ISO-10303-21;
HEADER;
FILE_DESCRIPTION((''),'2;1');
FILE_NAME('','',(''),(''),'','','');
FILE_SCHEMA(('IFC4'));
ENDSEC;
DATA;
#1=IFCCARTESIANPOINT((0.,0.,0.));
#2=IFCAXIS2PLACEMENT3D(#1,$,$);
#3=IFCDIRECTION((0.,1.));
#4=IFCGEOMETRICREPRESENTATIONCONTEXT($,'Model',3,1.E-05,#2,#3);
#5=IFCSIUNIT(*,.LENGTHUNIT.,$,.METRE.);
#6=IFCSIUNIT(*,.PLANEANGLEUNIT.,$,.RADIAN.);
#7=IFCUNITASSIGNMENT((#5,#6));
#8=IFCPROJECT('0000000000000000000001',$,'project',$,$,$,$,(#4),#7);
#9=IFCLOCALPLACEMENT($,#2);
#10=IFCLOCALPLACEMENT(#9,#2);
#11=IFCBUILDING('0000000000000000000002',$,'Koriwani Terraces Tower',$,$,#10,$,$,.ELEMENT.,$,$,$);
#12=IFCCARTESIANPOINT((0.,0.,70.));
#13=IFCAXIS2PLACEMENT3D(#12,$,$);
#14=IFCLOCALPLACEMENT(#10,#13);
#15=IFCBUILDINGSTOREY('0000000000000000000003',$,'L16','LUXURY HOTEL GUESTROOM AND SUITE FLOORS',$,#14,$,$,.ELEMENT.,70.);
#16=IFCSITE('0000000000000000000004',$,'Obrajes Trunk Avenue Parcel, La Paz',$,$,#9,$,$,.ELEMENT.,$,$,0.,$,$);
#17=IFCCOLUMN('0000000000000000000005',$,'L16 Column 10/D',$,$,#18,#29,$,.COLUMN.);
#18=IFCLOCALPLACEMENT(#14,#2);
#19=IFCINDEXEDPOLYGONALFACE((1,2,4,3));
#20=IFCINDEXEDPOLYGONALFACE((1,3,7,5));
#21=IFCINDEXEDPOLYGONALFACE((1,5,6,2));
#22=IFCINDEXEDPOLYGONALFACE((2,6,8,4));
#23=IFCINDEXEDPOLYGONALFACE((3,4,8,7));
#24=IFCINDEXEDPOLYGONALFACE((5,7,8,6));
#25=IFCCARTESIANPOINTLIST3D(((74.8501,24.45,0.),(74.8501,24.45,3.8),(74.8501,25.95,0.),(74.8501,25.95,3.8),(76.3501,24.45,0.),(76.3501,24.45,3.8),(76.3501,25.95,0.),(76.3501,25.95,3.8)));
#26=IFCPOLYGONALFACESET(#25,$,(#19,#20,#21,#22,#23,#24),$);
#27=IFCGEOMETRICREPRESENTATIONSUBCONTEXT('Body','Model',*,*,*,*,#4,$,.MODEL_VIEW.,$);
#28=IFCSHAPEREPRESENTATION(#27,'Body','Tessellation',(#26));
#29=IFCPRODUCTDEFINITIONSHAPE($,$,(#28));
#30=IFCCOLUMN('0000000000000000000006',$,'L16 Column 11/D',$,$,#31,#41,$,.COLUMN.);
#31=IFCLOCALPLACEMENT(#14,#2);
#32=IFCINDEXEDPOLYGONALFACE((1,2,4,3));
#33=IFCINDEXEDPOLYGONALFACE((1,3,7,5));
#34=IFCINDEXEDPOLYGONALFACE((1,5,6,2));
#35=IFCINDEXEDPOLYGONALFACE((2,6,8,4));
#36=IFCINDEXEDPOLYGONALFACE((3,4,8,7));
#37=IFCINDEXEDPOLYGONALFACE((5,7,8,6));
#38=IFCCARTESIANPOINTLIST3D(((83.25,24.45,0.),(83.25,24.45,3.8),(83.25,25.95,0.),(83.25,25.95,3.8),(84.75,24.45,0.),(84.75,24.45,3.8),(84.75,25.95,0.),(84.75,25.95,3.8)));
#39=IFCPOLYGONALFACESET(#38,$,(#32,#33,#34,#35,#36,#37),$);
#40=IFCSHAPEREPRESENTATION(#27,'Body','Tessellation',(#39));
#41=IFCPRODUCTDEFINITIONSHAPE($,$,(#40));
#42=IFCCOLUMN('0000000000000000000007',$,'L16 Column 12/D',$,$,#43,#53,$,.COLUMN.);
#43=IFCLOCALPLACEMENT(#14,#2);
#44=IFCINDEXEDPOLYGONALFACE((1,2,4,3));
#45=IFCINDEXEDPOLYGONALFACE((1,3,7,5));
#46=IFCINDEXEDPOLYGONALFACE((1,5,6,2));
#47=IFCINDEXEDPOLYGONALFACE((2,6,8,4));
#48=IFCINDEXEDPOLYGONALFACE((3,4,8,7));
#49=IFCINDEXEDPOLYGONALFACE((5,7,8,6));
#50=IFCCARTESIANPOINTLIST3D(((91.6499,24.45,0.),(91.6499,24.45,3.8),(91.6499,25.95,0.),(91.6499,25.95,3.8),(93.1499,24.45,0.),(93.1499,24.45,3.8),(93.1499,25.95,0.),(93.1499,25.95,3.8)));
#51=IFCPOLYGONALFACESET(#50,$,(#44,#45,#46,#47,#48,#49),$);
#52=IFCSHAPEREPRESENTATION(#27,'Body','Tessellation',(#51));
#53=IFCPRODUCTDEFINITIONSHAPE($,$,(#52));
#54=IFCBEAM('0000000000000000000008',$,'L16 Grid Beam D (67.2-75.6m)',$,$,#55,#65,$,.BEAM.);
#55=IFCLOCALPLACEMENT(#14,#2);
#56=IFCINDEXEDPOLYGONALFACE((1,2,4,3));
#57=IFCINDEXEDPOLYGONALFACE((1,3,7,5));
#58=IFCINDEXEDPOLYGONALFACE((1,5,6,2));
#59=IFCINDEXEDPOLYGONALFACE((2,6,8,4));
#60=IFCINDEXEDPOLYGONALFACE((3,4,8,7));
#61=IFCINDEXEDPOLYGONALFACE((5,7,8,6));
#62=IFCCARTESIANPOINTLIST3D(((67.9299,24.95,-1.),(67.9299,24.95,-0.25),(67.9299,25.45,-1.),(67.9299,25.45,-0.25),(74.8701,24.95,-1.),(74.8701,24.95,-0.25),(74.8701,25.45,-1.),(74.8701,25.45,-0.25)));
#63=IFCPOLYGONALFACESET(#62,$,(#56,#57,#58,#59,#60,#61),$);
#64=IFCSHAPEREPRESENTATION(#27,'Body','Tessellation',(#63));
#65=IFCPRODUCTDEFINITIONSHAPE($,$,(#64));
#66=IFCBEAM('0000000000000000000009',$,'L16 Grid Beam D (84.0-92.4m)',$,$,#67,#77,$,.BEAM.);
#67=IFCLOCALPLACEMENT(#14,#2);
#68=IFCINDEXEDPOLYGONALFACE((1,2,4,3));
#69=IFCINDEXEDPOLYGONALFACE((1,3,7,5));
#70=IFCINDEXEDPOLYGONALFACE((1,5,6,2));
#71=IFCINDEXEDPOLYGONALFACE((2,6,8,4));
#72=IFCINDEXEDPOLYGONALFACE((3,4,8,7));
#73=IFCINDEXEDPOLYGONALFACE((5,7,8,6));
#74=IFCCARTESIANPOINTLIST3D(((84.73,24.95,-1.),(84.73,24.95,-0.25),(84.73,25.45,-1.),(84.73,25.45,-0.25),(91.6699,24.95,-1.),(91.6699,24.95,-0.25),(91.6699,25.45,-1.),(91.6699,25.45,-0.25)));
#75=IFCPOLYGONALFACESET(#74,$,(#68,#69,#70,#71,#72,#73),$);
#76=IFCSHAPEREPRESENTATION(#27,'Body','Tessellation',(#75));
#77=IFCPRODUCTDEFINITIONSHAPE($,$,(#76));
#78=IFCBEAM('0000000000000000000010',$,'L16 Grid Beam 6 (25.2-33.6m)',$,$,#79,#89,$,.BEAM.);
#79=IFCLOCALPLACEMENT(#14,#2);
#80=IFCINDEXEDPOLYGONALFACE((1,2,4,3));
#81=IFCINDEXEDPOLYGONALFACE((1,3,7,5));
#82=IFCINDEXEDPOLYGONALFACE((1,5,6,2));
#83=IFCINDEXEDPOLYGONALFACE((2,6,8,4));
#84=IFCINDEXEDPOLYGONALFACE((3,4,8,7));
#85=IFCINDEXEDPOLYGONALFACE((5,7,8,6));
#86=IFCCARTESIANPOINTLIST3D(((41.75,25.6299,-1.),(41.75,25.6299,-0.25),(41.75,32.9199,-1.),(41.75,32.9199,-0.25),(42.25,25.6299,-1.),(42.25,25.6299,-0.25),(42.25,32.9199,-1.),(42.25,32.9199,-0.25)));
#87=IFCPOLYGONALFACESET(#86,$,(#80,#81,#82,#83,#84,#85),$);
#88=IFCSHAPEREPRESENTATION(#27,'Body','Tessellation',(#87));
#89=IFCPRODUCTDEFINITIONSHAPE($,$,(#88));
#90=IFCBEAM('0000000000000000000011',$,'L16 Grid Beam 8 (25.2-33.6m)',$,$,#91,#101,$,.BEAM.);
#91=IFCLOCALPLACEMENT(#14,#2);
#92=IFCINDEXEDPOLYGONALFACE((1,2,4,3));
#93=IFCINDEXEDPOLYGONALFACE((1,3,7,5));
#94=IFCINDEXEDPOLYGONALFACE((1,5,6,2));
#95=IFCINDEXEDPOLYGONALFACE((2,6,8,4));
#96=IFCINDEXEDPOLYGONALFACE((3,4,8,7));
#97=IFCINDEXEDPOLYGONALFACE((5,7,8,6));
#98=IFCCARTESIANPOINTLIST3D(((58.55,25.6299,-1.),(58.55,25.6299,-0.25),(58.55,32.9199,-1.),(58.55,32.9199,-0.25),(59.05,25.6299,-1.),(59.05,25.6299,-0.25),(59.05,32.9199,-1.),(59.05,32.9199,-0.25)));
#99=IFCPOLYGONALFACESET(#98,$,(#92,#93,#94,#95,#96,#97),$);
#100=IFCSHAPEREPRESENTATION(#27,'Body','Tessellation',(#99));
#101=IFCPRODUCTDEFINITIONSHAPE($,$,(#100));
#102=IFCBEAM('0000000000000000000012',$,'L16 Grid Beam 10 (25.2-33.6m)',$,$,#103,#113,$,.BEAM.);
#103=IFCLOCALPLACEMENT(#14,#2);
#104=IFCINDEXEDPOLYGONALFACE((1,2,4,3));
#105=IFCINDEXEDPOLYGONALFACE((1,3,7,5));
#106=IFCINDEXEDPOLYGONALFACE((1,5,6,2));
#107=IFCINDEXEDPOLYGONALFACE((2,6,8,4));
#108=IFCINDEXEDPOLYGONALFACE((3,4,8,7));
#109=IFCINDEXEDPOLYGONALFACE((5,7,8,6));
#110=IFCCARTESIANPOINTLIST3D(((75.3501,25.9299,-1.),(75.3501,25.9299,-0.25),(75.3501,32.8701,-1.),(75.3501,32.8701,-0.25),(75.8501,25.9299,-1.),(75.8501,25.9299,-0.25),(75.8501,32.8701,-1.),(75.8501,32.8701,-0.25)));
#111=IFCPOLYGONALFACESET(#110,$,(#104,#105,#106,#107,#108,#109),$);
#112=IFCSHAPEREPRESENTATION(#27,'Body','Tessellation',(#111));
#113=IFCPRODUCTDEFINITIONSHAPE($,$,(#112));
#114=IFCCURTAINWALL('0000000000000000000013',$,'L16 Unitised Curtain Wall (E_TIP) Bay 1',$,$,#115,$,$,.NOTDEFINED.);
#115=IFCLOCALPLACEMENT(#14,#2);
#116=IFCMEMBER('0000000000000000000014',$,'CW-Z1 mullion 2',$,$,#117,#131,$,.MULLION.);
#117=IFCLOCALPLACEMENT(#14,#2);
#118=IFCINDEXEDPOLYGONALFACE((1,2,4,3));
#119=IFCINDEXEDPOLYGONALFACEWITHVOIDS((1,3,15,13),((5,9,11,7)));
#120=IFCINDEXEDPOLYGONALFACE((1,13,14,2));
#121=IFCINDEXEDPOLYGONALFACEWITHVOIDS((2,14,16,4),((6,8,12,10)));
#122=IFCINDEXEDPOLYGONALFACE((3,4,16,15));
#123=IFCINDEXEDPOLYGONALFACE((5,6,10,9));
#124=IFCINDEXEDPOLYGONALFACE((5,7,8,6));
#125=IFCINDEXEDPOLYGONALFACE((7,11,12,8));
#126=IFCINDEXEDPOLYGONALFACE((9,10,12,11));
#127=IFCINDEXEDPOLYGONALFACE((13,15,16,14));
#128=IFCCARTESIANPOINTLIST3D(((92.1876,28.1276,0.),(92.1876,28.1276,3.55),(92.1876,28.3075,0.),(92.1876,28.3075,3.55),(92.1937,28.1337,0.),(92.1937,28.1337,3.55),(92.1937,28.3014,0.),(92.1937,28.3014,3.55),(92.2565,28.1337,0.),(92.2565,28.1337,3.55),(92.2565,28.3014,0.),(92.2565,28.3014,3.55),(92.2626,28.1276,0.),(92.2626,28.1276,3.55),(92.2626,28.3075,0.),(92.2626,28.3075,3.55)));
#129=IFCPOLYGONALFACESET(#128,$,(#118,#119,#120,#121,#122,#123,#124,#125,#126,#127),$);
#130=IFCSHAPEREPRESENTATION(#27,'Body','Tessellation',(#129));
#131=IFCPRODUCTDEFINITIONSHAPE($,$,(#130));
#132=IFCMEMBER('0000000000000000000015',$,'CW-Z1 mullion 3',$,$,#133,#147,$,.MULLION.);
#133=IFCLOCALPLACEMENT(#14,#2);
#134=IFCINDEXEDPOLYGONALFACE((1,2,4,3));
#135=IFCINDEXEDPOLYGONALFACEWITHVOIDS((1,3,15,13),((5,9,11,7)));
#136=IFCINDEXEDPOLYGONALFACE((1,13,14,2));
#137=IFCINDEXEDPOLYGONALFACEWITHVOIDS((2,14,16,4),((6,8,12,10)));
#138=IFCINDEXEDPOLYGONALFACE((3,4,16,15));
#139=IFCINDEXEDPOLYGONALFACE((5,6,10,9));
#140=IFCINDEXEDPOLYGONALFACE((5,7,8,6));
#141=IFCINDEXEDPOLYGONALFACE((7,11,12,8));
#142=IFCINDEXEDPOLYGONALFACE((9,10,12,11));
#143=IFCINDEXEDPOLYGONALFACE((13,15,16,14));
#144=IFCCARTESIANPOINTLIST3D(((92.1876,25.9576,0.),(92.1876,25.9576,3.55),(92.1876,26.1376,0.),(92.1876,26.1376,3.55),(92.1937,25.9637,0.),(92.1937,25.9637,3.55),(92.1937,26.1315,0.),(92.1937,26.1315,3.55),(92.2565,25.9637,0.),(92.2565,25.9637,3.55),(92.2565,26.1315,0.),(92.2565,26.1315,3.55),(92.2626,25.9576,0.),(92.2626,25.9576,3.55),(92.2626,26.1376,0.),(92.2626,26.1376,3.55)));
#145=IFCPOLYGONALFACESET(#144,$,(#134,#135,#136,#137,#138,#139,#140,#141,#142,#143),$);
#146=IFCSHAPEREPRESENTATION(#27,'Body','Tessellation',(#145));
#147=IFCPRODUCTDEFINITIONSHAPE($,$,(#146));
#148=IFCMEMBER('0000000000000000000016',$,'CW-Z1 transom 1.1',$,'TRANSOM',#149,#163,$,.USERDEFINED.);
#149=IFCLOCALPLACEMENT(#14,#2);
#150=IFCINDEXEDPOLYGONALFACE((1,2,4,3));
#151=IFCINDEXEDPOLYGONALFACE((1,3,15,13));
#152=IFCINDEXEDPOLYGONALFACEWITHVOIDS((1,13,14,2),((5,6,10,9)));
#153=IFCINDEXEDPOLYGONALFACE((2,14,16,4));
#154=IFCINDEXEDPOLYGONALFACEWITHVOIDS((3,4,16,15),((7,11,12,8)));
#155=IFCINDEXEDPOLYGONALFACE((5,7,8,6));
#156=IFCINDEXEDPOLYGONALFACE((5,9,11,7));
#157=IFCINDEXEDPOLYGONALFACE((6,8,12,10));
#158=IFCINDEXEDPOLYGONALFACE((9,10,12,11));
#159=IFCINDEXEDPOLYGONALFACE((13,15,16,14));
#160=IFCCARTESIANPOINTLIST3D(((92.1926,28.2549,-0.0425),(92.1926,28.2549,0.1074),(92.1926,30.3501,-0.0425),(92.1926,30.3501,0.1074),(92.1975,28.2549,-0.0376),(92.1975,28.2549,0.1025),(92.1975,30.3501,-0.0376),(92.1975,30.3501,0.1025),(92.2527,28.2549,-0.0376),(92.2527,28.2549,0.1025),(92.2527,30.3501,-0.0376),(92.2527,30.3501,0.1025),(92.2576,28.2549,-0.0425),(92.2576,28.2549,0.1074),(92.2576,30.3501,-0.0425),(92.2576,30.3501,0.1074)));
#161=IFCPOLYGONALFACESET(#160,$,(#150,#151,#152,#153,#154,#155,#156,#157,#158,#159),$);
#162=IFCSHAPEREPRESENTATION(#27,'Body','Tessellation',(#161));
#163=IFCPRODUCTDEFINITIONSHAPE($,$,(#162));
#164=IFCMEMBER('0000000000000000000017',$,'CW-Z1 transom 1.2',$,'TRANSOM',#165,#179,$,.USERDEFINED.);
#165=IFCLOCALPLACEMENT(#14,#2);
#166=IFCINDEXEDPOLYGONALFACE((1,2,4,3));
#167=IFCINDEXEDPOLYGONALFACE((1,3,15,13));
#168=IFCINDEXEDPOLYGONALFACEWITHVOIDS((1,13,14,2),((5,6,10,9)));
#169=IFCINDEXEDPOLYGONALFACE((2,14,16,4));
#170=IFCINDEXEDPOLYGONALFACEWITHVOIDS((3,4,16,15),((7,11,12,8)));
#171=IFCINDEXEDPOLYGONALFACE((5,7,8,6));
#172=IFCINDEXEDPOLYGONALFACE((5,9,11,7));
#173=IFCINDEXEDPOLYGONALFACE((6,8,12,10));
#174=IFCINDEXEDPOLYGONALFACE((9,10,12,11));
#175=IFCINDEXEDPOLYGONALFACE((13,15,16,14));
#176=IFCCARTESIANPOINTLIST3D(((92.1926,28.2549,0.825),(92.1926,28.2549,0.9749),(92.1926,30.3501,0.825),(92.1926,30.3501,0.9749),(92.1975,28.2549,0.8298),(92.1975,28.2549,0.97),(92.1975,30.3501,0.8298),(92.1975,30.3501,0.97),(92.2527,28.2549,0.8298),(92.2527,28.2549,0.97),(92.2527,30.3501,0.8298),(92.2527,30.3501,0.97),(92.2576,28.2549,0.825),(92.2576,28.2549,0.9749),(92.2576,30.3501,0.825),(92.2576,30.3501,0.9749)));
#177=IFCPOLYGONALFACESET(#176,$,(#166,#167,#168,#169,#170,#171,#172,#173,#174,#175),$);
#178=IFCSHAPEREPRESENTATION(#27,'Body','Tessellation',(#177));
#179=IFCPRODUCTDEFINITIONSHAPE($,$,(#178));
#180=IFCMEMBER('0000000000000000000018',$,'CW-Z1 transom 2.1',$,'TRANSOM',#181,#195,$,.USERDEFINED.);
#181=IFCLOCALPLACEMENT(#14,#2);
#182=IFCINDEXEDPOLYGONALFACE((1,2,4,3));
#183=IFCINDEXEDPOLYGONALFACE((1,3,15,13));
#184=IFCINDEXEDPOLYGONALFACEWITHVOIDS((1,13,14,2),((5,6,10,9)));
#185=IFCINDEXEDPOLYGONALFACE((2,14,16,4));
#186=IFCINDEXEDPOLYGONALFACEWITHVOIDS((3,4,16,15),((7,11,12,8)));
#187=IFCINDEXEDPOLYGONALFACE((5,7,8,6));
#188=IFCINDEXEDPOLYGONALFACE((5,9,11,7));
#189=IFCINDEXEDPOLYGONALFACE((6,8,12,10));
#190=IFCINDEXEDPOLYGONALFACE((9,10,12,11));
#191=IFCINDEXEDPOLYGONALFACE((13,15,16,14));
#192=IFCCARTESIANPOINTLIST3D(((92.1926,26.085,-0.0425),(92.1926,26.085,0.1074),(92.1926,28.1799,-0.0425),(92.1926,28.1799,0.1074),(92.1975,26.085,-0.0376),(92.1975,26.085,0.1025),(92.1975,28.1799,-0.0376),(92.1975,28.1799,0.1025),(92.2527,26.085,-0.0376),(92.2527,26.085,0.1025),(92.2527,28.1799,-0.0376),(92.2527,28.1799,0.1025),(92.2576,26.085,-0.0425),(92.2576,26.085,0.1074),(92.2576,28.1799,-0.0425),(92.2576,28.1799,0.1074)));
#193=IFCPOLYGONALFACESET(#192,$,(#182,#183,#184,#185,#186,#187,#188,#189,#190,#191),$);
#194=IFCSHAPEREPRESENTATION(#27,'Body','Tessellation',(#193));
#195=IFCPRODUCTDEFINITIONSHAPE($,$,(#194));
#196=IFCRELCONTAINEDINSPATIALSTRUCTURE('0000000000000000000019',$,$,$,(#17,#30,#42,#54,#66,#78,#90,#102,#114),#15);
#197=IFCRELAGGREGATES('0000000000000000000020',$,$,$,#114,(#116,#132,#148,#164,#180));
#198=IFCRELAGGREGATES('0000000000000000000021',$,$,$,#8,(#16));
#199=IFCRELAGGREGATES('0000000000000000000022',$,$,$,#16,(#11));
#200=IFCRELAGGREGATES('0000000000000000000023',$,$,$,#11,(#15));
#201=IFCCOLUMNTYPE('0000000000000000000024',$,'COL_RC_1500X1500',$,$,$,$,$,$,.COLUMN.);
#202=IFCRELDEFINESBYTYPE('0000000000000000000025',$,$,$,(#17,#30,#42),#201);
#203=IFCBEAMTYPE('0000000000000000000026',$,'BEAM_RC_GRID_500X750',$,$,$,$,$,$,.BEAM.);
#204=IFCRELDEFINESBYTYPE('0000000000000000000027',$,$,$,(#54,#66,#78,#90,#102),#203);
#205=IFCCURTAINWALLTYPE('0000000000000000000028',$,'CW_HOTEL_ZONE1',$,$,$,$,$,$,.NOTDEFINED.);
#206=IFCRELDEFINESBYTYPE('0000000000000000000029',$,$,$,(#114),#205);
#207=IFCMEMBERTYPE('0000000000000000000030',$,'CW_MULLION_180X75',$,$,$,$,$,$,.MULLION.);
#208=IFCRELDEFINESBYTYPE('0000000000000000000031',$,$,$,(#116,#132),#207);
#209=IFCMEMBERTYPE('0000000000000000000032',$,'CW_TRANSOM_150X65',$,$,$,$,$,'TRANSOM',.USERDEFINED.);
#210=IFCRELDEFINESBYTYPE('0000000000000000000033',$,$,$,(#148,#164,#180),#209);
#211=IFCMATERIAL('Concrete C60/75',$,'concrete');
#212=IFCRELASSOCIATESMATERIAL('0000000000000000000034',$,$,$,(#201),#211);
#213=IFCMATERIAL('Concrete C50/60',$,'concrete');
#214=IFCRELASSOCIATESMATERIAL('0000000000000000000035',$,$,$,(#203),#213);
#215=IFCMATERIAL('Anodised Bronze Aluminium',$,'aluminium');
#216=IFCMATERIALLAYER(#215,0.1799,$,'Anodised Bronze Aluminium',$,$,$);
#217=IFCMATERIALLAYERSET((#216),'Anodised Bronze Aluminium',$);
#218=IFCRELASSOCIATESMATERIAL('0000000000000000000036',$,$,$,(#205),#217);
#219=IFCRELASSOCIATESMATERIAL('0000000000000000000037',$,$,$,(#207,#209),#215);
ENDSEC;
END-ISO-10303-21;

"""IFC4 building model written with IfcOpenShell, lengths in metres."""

from ifc_helpers import new_model, si_unit, direction, frame, origin, origin_2d, place, context, subcontext, project, spatial, rectangle, hollow_rectangle, extrude, material, layer, layer_set, material_profile, profile_set, type_object, element, aggregate, save


model = new_model("IFC4")

# Units and contexts
model_context = context("Model", 3, precision=1e-05, world=origin(), true_north=direction((0.0, 1.0)))
body_context = subcontext(model_context, "Body", "Model", "MODEL_VIEW")
ifc_project = project(units=[si_unit("LENGTHUNIT", "METRE"), si_unit("PLANEANGLEUNIT", "RADIAN")], contexts=[model_context])

# Site, building, storey
site_placement = place(None, origin())
site = spatial("IfcSite", under=ifc_project, at=site_placement, Name="Obrajes Trunk Avenue Parcel, La Paz", CompositionType="ELEMENT", RefElevation=0.0)
building_placement = place(site_placement, origin())
building = spatial("IfcBuilding", under=site, at=building_placement, Name="Koriwani Terraces Tower", CompositionType="ELEMENT")
storey_placement = place(building_placement, frame((0.0, 0.0, 70.0)))
storey = spatial("IfcBuildingStorey", under=building, at=storey_placement, Name="L16", Description="LUXURY HOTEL GUESTROOM AND SUITE FLOORS", CompositionType="ELEMENT", Elevation=70.0)

# Columns
ifc_material_1 = material(Name="Concrete C60/75", Category="concrete")
ifc_material_profile_1 = material_profile(ifc_material_1, rectangle(XDim=1.5, YDim=1.5, at=origin_2d()), Name="Concrete C60/75", Category="LoadBearing")
ifc_profile_set_1 = profile_set([ifc_material_profile_1], Name="Concrete C60/75")
column_type = type_object("IfcColumnType", Name="COL_RC_1500X1500", PredefinedType="COLUMN", material=ifc_profile_set_1)
for number, where, z_axis, x_axis, name in (
    (1, (75.6001, 25.2, 0.0), (0.0, 0.0, 1.0), (1.0, 0.0, 0.0), "L16 Column 10/D"),
    (2, (84.0, 25.2, 0.0), (0.0, 0.0, 1.0), (1.0, 0.0, 0.0), "L16 Column 11/D"),
    (3, (92.3999, 25.2, 0.0), (0.0, 0.0, 1.0), (1.0, 0.0, 0.0), "L16 Column 12/D"),
):
    element("IfcColumn", number, at=place(storey_placement, frame(where, z_axis=z_axis, x_axis=x_axis)), inside=storey, type_object=column_type, Name=name, PredefinedType="COLUMN", context=body_context, shape_type="SweptSolid", body=[
        extrude(rectangle(XDim=1.5, YDim=1.5, at=origin_2d()), origin(), (0.0, 0.0, 1.0), 3.8),
    ])

# Beams
ifc_material_2 = material(Name="Concrete C50/60", Category="concrete")
ifc_material_profile_2 = material_profile(ifc_material_2, rectangle(XDim=0.5, YDim=0.75, at=origin_2d()), Name="Concrete C50/60", Category="LoadBearing")
ifc_profile_set_2 = profile_set([ifc_material_profile_2], Name="Concrete C50/60")
beam_type_1 = type_object("IfcBeamType", Name="BEAM_RC_GRID_500X750", PredefinedType="BEAM", material=ifc_profile_set_2)
beam_1_placement = place(storey_placement, frame((67.9299, 25.2, -0.625), z_axis=(1.0, 0.0, 0.0), x_axis=(0.0, 1.0, 0.0)))
element("IfcBeam", 4, at=beam_1_placement, inside=storey, type_object=beam_type_1, Name="L16 Grid Beam D (67.2-75.6m)", PredefinedType="BEAM", context=body_context, shape_type="SweptSolid", body=[
    extrude(rectangle(XDim=0.5, YDim=0.75, at=origin_2d()), origin(), (0.0, 0.0, 1.0), 6.9402),
])
beam_2_placement = place(storey_placement, frame((84.73, 25.2, -0.625), z_axis=(1.0, 0.0, 0.0), x_axis=(0.0, 1.0, 0.0)))
element("IfcBeam", 5, at=beam_2_placement, inside=storey, type_object=beam_type_1, Name="L16 Grid Beam D (84.0-92.4m)", PredefinedType="BEAM", context=body_context, shape_type="SweptSolid", body=[
    extrude(rectangle(XDim=0.5, YDim=0.75, at=origin_2d()), origin(), (0.0, 0.0, 1.0), 6.9399),
])
for number, where, z_axis, x_axis, name in (
    (6, (42.0, 25.6299, -0.625), (0.0, 1.0, 0.0), (-1.0, 0.0, 0.0), "L16 Grid Beam 6 (25.2-33.6m)"),
    (7, (58.8, 25.6299, -0.625), (0.0, 1.0, 0.0), (-1.0, 0.0, 0.0), "L16 Grid Beam 8 (25.2-33.6m)"),
):
    element("IfcBeam", number, at=place(storey_placement, frame(where, z_axis=z_axis, x_axis=x_axis)), inside=storey, type_object=beam_type_1, Name=name, PredefinedType="BEAM", context=body_context, shape_type="SweptSolid", body=[
        extrude(rectangle(XDim=0.5, YDim=0.75, at=origin_2d()), origin(), (0.0, 0.0, 1.0), 7.29),
    ])
beam_3_placement = place(storey_placement, frame((75.6001, 25.9299, -0.625), z_axis=(0.0, 1.0, 0.0), x_axis=(-1.0, 0.0, 0.0)))
element("IfcBeam", 8, at=beam_3_placement, inside=storey, type_object=beam_type_1, Name="L16 Grid Beam 10 (25.2-33.6m)", PredefinedType="BEAM", context=body_context, shape_type="SweptSolid", body=[
    extrude(rectangle(XDim=0.5, YDim=0.75, at=origin_2d()), origin(), (0.0, 0.0, 1.0), 6.9402),
])

# Curtain wall, members
ifc_material_3 = material(Name="Anodised Bronze Aluminium", Category="aluminium")
ifc_layer_1 = layer(ifc_material_3, 0.1799, Name="Anodised Bronze Aluminium")
ifc_layer_set_1 = layer_set([ifc_layer_1], Name="Anodised Bronze Aluminium")
curtain_wall_type = type_object("IfcCurtainWallType", Name="CW_HOTEL_ZONE1", PredefinedType="NOTDEFINED", material=ifc_layer_set_1)
curtain_wall_placement = place(storey_placement, origin())
curtain_wall = element("IfcCurtainWall", 9, at=curtain_wall_placement, inside=storey, type_object=curtain_wall_type, Name="L16 Unitised Curtain Wall (E_TIP) Bay 1", PredefinedType="NOTDEFINED")
ifc_material_profile_3 = material_profile(ifc_material_3, hollow_rectangle(XDim=0.075, YDim=0.1799, WallThickness=0.0061, at=origin_2d()), Name="Anodised Bronze Aluminium", Category="LoadBearing")
ifc_profile_set_3 = profile_set([ifc_material_profile_3], Name="Anodised Bronze Aluminium")
member_type_1 = type_object("IfcMemberType", Name="CW_MULLION_180X75", PredefinedType="MULLION", material=ifc_profile_set_3)
member_1_placement = place(storey_placement, frame((92.2251, 28.2175, 0.0), z_axis=(0.0, 0.0, 1.0), x_axis=(1.0, 0.0, 0.0)))
member_1 = element("IfcMember", 10, at=member_1_placement, type_object=member_type_1, Name="CW-Z1 mullion 2", PredefinedType="MULLION", context=body_context, shape_type="SweptSolid", body=[
    extrude(hollow_rectangle(XDim=0.075, YDim=0.1799, WallThickness=0.0061, at=origin_2d()), origin(), (0.0, 0.0, 1.0), 3.55),
])
member_2_placement = place(storey_placement, frame((92.2251, 26.0476, 0.0), z_axis=(0.0, 0.0, 1.0), x_axis=(1.0, 0.0, 0.0)))
member_2 = element("IfcMember", 11, at=member_2_placement, type_object=member_type_1, Name="CW-Z1 mullion 3", PredefinedType="MULLION", context=body_context, shape_type="SweptSolid", body=[
    extrude(hollow_rectangle(XDim=0.075, YDim=0.1799, WallThickness=0.0061, at=origin_2d()), origin(), (0.0, 0.0, 1.0), 3.55),
])
ifc_material_profile_4 = material_profile(ifc_material_3, hollow_rectangle(XDim=0.0649, YDim=0.1499, WallThickness=0.0049, at=origin_2d()), Name="Anodised Bronze Aluminium", Category="LoadBearing")
ifc_profile_set_4 = profile_set([ifc_material_profile_4], Name="Anodised Bronze Aluminium")
member_type_2 = type_object("IfcMemberType", Name="CW_TRANSOM_150X65", ElementType="TRANSOM", PredefinedType="USERDEFINED", material=ifc_profile_set_4)
member_3_placement = place(storey_placement, frame((92.2251, 30.3501, 0.0325), z_axis=(0.0, -1.0, 0.0), x_axis=(1.0, 0.0, 0.0)))
member_3 = element("IfcMember", 12, at=member_3_placement, type_object=member_type_2, Name="CW-Z1 transom 1.1", ObjectType="TRANSOM", PredefinedType="USERDEFINED", context=body_context, shape_type="SweptSolid", body=[
    extrude(hollow_rectangle(XDim=0.0649, YDim=0.1499, WallThickness=0.0049, at=origin_2d()), origin(), (0.0, 0.0, 1.0), 2.0952),
])
member_4_placement = place(storey_placement, frame((92.2251, 30.3501, 0.8999), z_axis=(0.0, -1.0, 0.0), x_axis=(1.0, 0.0, 0.0)))
member_4 = element("IfcMember", 13, at=member_4_placement, type_object=member_type_2, Name="CW-Z1 transom 1.2", ObjectType="TRANSOM", PredefinedType="USERDEFINED", context=body_context, shape_type="SweptSolid", body=[
    extrude(hollow_rectangle(XDim=0.0649, YDim=0.1499, WallThickness=0.0049, at=origin_2d()), origin(), (0.0, 0.0, 1.0), 2.0952),
])
member_5_placement = place(storey_placement, frame((92.2251, 28.1799, 0.0325), z_axis=(0.0, -1.0, 0.0), x_axis=(1.0, 0.0, 0.0)))
member_5 = element("IfcMember", 14, at=member_5_placement, type_object=member_type_2, Name="CW-Z1 transom 2.1", ObjectType="TRANSOM", PredefinedType="USERDEFINED", context=body_context, shape_type="SweptSolid", body=[
    extrude(hollow_rectangle(XDim=0.0649, YDim=0.1499, WallThickness=0.0049, at=origin_2d()), origin(), (0.0, 0.0, 1.0), 2.095),
])

aggregate(curtain_wall, [member_1, member_2, member_3, member_4, member_5])

save(model, "model.ifc")
